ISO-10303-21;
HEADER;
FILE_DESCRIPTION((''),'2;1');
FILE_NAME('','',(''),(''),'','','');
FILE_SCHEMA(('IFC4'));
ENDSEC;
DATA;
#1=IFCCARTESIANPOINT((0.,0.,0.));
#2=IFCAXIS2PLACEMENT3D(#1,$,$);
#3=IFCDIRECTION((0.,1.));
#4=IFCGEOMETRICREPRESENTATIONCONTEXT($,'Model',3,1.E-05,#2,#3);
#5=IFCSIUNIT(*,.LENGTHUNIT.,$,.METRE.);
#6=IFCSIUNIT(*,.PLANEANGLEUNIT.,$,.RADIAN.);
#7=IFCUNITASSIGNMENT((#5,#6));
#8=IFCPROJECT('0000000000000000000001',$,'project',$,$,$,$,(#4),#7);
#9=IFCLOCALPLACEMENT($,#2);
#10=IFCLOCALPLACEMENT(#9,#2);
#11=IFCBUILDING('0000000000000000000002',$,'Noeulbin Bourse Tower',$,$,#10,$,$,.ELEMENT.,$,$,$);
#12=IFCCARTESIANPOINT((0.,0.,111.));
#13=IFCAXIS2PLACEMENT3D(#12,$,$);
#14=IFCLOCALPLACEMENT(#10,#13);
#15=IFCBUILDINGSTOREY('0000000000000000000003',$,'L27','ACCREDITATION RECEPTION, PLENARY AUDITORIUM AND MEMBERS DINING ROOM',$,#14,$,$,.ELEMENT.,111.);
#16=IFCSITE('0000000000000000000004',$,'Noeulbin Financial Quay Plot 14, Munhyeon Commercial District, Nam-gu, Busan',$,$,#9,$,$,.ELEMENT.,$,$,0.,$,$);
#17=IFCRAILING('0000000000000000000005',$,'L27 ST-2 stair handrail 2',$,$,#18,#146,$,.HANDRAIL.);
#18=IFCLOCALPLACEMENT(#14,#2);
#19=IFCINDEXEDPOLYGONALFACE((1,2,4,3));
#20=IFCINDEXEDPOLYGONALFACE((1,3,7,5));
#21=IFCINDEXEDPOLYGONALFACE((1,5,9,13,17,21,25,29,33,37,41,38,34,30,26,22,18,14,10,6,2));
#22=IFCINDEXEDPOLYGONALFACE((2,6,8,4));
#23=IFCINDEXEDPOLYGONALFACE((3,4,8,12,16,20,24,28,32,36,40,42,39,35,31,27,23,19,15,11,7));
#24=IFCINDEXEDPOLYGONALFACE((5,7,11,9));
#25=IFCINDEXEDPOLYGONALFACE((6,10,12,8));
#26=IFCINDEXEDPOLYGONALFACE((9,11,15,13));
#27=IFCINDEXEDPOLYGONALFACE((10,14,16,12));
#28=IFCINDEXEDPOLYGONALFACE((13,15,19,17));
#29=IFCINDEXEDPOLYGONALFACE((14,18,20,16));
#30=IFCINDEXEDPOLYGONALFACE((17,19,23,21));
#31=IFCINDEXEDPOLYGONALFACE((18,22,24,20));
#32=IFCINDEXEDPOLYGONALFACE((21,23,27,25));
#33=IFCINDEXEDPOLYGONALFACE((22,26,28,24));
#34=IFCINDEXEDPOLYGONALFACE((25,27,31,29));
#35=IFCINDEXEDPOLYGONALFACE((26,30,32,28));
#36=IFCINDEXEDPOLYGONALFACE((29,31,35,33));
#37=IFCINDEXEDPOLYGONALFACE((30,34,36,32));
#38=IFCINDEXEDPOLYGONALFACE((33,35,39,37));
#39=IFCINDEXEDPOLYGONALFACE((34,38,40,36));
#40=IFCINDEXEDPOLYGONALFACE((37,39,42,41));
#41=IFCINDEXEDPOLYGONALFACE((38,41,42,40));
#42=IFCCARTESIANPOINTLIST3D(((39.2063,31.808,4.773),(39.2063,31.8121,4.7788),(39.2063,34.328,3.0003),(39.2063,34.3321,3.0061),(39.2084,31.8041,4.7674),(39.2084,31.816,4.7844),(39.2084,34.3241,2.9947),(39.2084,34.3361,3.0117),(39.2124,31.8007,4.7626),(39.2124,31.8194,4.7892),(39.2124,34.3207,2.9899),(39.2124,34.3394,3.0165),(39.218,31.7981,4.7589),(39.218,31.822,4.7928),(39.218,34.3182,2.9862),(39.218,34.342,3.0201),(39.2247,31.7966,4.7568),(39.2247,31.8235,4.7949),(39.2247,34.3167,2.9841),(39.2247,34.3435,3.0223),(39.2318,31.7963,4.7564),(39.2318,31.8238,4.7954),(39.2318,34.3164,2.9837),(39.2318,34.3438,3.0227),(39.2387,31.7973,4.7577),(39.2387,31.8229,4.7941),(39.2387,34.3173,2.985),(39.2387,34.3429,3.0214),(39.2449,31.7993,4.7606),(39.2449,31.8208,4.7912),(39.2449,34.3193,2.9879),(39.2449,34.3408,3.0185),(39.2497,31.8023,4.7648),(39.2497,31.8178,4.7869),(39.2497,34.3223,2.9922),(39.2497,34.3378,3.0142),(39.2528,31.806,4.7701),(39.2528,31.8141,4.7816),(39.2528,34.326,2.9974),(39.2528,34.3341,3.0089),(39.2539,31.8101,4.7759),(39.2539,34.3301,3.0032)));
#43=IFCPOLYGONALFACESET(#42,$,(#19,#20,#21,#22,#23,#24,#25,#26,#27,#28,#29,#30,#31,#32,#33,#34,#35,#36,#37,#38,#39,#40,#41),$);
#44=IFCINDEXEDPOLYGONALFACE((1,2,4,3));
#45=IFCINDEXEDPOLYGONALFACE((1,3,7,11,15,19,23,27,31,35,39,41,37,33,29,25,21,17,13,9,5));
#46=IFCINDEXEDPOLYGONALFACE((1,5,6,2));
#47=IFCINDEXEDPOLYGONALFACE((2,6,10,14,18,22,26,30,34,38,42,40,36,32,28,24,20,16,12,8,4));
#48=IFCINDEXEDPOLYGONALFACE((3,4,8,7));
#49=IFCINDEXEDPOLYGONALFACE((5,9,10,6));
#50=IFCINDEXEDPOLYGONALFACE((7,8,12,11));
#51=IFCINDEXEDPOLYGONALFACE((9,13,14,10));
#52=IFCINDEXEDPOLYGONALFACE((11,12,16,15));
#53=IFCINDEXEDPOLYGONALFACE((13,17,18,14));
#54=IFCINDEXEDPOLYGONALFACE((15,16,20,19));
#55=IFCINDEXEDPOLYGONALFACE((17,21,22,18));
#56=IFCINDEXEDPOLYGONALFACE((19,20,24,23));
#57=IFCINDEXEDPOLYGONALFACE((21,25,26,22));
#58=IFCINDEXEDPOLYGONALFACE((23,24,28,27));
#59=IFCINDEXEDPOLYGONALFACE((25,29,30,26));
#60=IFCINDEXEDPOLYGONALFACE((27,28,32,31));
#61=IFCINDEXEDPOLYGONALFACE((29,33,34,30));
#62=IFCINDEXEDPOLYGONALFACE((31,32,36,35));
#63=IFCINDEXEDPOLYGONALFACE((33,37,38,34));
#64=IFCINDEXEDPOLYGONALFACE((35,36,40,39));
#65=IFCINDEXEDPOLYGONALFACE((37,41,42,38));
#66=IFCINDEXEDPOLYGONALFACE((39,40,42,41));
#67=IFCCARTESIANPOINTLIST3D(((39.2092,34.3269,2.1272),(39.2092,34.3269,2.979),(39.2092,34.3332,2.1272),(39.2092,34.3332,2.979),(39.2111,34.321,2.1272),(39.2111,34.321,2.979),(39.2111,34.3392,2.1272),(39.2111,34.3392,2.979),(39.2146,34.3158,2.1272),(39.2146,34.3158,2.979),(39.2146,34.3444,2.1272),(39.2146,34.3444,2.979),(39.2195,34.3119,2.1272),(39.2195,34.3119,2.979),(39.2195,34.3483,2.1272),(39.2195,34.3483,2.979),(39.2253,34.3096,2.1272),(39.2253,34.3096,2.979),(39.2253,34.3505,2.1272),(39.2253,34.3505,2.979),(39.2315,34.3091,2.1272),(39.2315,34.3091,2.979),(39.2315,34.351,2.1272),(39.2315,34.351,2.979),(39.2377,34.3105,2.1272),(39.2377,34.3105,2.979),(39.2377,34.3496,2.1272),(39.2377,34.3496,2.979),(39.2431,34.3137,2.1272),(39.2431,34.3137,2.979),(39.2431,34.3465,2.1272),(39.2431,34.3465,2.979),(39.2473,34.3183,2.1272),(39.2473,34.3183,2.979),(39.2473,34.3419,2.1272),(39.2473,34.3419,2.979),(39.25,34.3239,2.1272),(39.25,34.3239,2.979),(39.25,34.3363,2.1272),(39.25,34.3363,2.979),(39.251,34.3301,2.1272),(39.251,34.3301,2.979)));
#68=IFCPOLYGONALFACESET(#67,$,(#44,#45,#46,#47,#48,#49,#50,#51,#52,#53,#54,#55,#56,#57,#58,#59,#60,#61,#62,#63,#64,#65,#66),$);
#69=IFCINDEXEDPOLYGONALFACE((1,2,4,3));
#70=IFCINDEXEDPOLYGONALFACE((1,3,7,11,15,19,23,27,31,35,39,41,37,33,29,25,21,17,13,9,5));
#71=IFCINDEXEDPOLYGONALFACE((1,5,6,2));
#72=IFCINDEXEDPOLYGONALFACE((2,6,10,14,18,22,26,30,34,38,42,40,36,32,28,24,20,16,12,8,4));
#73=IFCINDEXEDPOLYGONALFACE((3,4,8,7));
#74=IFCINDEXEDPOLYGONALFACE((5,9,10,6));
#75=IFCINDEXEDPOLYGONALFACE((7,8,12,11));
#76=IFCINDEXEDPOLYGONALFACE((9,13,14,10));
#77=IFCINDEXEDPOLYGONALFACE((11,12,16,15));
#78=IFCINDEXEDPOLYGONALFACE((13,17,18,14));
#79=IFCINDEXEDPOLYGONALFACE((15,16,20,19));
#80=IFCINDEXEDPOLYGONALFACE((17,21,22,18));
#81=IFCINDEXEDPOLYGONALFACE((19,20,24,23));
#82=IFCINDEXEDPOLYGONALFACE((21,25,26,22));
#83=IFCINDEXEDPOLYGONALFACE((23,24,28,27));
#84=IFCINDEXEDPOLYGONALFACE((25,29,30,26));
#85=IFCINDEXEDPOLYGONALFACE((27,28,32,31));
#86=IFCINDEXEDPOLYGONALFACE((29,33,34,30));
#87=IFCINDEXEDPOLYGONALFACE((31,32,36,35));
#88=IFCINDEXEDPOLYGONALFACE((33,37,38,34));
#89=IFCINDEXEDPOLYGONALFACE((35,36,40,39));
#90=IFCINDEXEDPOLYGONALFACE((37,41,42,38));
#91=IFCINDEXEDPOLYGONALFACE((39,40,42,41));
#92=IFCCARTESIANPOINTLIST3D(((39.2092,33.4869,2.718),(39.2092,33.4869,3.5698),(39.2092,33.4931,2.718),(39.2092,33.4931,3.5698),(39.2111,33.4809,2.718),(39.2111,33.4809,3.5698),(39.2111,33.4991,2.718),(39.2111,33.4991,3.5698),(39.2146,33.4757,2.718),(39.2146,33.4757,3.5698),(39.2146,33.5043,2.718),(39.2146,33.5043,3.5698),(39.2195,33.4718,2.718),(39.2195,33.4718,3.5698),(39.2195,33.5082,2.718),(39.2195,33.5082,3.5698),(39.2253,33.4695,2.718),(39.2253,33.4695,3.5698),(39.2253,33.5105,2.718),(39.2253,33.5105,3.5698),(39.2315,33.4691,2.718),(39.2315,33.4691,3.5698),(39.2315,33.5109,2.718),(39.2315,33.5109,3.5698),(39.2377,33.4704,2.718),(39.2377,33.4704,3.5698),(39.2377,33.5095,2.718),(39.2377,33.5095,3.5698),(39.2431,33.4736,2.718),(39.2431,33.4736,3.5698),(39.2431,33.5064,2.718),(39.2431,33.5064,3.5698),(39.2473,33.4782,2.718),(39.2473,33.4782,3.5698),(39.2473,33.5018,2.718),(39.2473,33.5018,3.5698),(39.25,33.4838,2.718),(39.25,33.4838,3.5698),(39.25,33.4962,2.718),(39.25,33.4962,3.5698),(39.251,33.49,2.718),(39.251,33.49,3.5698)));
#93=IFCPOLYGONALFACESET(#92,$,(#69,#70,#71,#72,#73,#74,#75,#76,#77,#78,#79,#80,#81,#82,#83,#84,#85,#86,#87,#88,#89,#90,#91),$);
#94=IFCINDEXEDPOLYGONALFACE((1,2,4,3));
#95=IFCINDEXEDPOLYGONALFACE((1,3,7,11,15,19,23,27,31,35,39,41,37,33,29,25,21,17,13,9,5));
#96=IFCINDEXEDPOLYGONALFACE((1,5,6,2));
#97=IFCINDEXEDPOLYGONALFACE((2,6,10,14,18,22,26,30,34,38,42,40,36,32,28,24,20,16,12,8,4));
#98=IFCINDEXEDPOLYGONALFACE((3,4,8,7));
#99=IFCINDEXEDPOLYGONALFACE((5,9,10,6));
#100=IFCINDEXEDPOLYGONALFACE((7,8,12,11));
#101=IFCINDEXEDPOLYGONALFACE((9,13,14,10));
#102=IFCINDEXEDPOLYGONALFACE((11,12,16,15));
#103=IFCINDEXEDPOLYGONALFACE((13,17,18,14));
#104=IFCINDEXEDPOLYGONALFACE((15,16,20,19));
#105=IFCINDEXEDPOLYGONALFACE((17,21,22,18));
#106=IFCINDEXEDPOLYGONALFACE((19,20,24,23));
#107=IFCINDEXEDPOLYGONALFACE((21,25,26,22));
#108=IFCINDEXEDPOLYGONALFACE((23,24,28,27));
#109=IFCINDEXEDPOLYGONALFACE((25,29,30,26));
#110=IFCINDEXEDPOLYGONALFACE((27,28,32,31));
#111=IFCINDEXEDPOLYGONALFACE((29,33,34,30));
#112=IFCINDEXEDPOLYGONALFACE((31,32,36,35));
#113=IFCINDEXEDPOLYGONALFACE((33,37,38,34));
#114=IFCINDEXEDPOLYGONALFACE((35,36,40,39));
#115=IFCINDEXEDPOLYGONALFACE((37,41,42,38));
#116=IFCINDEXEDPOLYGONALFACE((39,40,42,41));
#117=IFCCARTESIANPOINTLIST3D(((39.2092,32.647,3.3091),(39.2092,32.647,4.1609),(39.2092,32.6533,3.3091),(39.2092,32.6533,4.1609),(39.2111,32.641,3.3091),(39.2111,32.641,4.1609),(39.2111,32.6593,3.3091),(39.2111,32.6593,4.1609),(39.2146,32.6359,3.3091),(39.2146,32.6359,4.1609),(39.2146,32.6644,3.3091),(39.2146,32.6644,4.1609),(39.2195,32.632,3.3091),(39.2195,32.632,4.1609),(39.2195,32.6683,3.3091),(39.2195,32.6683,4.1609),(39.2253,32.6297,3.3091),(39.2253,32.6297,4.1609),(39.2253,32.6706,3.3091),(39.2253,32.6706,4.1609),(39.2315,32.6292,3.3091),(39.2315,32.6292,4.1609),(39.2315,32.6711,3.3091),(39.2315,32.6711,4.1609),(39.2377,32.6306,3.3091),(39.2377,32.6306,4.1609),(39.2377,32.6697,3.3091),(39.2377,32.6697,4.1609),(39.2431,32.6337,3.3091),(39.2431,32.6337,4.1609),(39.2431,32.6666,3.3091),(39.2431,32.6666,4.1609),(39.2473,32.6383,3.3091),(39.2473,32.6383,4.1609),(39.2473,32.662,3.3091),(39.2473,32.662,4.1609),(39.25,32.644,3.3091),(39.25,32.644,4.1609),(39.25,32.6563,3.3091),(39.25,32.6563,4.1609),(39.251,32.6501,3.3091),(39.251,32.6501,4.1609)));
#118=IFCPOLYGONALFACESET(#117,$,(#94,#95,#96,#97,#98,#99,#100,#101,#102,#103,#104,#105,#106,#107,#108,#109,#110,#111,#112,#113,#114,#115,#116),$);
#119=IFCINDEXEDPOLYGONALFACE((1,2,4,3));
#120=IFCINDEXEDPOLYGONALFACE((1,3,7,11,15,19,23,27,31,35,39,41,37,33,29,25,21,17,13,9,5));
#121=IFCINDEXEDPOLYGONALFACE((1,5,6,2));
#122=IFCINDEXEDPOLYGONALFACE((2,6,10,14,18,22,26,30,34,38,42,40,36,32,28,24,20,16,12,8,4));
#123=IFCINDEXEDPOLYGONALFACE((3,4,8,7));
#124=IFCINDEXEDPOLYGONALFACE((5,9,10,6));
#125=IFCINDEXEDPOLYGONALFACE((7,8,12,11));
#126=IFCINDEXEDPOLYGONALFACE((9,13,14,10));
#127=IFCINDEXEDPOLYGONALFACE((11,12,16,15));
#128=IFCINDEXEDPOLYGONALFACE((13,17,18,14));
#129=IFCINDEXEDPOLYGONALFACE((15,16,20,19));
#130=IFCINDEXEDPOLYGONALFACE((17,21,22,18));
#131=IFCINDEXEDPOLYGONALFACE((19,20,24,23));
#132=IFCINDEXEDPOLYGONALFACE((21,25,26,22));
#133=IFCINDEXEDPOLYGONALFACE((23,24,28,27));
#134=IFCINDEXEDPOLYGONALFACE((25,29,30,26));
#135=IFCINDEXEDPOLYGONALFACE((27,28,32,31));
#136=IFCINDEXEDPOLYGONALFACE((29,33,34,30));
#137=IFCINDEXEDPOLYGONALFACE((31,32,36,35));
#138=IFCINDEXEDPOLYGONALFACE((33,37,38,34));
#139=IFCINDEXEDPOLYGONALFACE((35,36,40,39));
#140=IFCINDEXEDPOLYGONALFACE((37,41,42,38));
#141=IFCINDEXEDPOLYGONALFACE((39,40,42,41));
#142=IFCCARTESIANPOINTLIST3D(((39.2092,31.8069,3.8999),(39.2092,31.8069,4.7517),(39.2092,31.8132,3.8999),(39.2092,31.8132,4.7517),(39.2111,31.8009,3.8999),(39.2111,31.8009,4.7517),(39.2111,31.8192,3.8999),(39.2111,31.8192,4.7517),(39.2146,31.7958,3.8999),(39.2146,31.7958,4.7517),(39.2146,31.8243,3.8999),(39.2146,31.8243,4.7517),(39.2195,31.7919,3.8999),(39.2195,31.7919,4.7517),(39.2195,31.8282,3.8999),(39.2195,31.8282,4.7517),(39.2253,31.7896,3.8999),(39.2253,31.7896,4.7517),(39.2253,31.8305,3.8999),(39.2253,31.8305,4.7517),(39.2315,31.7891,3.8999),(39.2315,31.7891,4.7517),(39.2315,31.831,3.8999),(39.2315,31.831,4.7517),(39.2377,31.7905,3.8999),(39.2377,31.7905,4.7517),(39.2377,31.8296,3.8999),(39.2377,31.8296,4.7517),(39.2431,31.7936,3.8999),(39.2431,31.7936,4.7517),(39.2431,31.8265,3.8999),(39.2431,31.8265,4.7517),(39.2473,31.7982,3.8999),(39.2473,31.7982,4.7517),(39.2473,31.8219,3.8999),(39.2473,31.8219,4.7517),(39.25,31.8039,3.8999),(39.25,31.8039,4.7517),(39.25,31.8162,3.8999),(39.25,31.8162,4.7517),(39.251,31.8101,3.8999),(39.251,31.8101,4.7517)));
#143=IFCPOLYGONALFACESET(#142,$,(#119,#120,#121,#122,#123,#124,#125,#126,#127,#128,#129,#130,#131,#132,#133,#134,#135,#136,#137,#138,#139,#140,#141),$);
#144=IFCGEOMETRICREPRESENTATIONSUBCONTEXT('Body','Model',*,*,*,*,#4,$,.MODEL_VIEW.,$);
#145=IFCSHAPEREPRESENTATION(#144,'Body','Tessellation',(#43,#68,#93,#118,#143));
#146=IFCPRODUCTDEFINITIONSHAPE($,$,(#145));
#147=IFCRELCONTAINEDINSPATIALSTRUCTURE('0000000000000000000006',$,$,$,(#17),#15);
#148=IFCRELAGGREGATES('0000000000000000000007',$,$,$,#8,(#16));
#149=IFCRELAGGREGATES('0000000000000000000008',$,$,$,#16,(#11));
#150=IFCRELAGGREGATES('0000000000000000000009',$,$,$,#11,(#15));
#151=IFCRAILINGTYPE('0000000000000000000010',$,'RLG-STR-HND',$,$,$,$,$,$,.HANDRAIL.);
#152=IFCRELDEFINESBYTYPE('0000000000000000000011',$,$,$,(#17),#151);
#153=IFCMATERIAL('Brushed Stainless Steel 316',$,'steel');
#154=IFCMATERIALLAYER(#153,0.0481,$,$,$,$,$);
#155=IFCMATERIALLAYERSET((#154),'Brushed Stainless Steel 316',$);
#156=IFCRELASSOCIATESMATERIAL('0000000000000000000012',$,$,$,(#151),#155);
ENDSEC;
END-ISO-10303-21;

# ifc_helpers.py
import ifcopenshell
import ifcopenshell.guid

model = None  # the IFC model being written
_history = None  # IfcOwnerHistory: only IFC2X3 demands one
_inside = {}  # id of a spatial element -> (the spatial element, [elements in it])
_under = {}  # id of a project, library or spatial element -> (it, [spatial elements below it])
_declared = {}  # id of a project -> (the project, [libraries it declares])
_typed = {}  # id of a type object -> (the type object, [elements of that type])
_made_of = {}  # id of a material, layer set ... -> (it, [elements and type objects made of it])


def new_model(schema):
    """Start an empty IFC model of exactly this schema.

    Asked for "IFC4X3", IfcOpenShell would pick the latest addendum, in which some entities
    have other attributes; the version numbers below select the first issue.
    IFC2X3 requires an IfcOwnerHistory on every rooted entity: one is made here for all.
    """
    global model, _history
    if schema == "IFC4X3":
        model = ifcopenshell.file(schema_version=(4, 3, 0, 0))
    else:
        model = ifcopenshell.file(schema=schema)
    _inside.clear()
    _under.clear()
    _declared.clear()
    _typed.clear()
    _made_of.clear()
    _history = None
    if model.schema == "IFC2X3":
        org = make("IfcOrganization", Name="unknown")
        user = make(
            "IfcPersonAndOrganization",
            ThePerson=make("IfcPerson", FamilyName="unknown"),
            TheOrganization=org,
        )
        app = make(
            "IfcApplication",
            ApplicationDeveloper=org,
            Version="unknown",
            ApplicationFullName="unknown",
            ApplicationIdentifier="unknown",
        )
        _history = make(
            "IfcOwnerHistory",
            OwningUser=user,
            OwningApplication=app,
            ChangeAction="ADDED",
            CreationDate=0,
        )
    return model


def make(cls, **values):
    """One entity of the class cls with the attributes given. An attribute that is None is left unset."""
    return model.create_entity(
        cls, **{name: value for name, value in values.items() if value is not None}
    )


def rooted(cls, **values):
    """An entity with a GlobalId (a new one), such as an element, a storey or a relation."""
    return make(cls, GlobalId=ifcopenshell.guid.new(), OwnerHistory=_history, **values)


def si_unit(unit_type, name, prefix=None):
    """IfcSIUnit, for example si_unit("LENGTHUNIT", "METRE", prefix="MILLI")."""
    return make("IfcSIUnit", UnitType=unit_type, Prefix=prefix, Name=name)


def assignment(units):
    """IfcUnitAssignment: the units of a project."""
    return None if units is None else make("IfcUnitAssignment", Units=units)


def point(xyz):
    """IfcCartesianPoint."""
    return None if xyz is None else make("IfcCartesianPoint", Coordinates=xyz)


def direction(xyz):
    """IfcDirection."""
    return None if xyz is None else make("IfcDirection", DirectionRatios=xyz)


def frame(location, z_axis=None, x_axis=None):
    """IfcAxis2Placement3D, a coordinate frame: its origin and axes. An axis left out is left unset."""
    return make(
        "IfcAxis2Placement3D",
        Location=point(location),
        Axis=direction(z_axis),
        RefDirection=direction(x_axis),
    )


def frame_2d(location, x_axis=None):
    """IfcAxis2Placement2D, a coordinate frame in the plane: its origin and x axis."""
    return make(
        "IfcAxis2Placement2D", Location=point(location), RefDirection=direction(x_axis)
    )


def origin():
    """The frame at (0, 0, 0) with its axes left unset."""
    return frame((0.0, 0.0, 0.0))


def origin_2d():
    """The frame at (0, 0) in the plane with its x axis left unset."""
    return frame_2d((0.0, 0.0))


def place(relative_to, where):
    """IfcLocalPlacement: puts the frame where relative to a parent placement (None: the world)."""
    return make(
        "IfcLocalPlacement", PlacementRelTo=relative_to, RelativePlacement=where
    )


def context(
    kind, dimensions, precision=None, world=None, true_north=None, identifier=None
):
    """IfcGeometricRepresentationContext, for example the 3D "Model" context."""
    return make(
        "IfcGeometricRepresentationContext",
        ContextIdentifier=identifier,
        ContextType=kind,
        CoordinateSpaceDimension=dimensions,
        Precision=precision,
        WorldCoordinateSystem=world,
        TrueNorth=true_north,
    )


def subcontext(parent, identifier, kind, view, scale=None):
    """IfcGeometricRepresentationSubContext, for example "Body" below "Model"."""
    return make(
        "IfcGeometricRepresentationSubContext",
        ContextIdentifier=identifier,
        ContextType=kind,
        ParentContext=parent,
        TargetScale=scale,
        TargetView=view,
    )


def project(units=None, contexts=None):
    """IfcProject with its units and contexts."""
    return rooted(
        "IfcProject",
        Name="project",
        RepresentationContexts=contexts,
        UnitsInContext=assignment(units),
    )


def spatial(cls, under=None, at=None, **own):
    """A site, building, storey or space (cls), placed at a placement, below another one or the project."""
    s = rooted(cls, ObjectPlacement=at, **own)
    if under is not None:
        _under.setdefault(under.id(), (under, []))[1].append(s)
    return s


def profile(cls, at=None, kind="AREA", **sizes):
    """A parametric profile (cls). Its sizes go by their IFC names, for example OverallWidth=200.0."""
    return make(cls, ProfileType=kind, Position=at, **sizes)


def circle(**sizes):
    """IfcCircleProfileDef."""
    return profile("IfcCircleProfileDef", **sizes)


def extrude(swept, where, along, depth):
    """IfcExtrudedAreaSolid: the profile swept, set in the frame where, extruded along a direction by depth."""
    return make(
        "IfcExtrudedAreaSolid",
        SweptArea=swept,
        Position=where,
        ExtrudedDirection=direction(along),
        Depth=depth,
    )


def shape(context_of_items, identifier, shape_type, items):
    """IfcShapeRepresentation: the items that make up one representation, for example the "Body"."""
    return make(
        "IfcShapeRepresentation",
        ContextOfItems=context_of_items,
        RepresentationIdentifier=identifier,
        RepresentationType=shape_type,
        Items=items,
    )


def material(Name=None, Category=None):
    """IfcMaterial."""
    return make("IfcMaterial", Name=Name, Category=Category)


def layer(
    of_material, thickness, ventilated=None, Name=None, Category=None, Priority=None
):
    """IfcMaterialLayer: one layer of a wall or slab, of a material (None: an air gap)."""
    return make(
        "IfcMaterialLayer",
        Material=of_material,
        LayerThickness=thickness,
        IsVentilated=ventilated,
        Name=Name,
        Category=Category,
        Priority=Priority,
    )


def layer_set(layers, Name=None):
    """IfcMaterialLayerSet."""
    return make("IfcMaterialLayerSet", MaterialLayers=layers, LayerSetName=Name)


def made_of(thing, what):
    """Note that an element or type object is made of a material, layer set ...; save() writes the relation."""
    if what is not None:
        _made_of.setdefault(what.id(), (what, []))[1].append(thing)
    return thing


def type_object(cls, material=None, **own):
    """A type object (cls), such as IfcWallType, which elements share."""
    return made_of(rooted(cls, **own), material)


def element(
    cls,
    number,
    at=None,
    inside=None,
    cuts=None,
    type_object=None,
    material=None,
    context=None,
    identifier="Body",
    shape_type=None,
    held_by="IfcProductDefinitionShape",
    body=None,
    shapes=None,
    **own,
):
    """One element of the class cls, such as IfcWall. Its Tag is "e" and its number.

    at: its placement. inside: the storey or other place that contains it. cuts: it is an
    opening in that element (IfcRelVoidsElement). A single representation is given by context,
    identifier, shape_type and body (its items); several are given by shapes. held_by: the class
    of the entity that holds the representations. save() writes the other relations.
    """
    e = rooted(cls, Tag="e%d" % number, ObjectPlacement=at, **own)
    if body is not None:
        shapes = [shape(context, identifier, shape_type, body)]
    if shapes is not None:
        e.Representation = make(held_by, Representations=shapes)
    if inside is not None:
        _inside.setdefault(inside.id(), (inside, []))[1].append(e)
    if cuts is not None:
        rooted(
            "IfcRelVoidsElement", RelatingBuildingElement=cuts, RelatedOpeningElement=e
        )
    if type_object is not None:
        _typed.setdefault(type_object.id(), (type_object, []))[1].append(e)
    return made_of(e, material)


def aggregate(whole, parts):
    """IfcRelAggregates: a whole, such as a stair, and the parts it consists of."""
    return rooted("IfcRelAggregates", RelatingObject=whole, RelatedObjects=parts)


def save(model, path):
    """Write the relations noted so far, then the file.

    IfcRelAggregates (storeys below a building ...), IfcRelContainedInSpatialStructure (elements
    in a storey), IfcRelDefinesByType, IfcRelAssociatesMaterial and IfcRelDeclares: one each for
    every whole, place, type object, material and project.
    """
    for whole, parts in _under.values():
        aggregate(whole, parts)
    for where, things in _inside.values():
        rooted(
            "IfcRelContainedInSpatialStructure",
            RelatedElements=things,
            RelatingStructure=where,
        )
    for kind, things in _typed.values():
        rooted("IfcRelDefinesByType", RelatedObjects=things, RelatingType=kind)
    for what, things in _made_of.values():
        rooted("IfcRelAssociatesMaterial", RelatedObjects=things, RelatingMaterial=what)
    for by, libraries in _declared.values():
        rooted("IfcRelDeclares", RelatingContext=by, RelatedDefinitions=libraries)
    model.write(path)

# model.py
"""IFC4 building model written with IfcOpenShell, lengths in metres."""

from ifc_helpers import new_model, si_unit, direction, frame, origin, origin_2d, place, context, subcontext, project, spatial, circle, extrude, material, layer, layer_set, type_object, element, save


model = new_model("IFC4")

# Units and contexts
model_context = context("Model", 3, precision=1e-05, world=origin(), true_north=direction((0.0, 1.0)))
body_context = subcontext(model_context, "Body", "Model", "MODEL_VIEW")
ifc_project = project(units=[si_unit("LENGTHUNIT", "METRE"), si_unit("PLANEANGLEUNIT", "RADIAN")], contexts=[model_context])

# Site, building, storey
site_placement = place(None, origin())
site = spatial("IfcSite", under=ifc_project, at=site_placement, Name="Noeulbin Financial Quay Plot 14, Munhyeon Commercial District, Nam-gu, Busan", CompositionType="ELEMENT", RefElevation=0.0)
building_placement = place(site_placement, origin())
building = spatial("IfcBuilding", under=site, at=building_placement, Name="Noeulbin Bourse Tower", CompositionType="ELEMENT")
storey_placement = place(building_placement, frame((0.0, 0.0, 111.0)))
storey = spatial("IfcBuildingStorey", under=building, at=storey_placement, Name="L27", Description="ACCREDITATION RECEPTION, PLENARY AUDITORIUM AND MEMBERS DINING ROOM", CompositionType="ELEMENT", Elevation=111.0)

# Shared definitions
ifc_material_1 = material(Name="Brushed Stainless Steel 316", Category="steel")

# Railing
ifc_layer_1 = layer(ifc_material_1, 0.0481)
ifc_layer_set_1 = layer_set([ifc_layer_1], Name="Brushed Stainless Steel 316")
railing_type_1 = type_object("IfcRailingType", Name="RLG-STR-HND", PredefinedType="HANDRAIL", material=ifc_layer_set_1)
railing_1_placement = place(storey_placement, frame((39.23, 34.3301, 2.1272)))
element("IfcRailing", 1, at=railing_1_placement, inside=storey, type_object=railing_type_1, Name="L27 ST-2 stair handrail 2", PredefinedType="HANDRAIL", context=body_context, shape_type="SweptSolid", body=[
    extrude(circle(Radius=0.0239, at=origin_2d()), frame((0.0, 0.0, 0.876), z_axis=(0.0, -0.817904, 0.575354), x_axis=(1.0, 0.0, 0.0)), (0.0, 0.0, 1.0), 3.0811),
    extrude(circle(Radius=0.021, at=origin_2d()), origin(), (0.0, 0.0, 1.0), 0.8518),
    extrude(circle(Radius=0.021, at=origin_2d()), frame((0.0, -0.8401, 0.5908)), (0.0, 0.0, 1.0), 0.8518),
    extrude(circle(Radius=0.021, at=origin_2d()), frame((0.0, -1.6799, 1.1819)), (0.0, 0.0, 1.0), 0.8518),
    extrude(circle(Radius=0.021, at=origin_2d()), frame((0.0, -2.52, 1.7727)), (0.0, 0.0, 1.0), 0.8518),
])

save(model, "model.ifc")
